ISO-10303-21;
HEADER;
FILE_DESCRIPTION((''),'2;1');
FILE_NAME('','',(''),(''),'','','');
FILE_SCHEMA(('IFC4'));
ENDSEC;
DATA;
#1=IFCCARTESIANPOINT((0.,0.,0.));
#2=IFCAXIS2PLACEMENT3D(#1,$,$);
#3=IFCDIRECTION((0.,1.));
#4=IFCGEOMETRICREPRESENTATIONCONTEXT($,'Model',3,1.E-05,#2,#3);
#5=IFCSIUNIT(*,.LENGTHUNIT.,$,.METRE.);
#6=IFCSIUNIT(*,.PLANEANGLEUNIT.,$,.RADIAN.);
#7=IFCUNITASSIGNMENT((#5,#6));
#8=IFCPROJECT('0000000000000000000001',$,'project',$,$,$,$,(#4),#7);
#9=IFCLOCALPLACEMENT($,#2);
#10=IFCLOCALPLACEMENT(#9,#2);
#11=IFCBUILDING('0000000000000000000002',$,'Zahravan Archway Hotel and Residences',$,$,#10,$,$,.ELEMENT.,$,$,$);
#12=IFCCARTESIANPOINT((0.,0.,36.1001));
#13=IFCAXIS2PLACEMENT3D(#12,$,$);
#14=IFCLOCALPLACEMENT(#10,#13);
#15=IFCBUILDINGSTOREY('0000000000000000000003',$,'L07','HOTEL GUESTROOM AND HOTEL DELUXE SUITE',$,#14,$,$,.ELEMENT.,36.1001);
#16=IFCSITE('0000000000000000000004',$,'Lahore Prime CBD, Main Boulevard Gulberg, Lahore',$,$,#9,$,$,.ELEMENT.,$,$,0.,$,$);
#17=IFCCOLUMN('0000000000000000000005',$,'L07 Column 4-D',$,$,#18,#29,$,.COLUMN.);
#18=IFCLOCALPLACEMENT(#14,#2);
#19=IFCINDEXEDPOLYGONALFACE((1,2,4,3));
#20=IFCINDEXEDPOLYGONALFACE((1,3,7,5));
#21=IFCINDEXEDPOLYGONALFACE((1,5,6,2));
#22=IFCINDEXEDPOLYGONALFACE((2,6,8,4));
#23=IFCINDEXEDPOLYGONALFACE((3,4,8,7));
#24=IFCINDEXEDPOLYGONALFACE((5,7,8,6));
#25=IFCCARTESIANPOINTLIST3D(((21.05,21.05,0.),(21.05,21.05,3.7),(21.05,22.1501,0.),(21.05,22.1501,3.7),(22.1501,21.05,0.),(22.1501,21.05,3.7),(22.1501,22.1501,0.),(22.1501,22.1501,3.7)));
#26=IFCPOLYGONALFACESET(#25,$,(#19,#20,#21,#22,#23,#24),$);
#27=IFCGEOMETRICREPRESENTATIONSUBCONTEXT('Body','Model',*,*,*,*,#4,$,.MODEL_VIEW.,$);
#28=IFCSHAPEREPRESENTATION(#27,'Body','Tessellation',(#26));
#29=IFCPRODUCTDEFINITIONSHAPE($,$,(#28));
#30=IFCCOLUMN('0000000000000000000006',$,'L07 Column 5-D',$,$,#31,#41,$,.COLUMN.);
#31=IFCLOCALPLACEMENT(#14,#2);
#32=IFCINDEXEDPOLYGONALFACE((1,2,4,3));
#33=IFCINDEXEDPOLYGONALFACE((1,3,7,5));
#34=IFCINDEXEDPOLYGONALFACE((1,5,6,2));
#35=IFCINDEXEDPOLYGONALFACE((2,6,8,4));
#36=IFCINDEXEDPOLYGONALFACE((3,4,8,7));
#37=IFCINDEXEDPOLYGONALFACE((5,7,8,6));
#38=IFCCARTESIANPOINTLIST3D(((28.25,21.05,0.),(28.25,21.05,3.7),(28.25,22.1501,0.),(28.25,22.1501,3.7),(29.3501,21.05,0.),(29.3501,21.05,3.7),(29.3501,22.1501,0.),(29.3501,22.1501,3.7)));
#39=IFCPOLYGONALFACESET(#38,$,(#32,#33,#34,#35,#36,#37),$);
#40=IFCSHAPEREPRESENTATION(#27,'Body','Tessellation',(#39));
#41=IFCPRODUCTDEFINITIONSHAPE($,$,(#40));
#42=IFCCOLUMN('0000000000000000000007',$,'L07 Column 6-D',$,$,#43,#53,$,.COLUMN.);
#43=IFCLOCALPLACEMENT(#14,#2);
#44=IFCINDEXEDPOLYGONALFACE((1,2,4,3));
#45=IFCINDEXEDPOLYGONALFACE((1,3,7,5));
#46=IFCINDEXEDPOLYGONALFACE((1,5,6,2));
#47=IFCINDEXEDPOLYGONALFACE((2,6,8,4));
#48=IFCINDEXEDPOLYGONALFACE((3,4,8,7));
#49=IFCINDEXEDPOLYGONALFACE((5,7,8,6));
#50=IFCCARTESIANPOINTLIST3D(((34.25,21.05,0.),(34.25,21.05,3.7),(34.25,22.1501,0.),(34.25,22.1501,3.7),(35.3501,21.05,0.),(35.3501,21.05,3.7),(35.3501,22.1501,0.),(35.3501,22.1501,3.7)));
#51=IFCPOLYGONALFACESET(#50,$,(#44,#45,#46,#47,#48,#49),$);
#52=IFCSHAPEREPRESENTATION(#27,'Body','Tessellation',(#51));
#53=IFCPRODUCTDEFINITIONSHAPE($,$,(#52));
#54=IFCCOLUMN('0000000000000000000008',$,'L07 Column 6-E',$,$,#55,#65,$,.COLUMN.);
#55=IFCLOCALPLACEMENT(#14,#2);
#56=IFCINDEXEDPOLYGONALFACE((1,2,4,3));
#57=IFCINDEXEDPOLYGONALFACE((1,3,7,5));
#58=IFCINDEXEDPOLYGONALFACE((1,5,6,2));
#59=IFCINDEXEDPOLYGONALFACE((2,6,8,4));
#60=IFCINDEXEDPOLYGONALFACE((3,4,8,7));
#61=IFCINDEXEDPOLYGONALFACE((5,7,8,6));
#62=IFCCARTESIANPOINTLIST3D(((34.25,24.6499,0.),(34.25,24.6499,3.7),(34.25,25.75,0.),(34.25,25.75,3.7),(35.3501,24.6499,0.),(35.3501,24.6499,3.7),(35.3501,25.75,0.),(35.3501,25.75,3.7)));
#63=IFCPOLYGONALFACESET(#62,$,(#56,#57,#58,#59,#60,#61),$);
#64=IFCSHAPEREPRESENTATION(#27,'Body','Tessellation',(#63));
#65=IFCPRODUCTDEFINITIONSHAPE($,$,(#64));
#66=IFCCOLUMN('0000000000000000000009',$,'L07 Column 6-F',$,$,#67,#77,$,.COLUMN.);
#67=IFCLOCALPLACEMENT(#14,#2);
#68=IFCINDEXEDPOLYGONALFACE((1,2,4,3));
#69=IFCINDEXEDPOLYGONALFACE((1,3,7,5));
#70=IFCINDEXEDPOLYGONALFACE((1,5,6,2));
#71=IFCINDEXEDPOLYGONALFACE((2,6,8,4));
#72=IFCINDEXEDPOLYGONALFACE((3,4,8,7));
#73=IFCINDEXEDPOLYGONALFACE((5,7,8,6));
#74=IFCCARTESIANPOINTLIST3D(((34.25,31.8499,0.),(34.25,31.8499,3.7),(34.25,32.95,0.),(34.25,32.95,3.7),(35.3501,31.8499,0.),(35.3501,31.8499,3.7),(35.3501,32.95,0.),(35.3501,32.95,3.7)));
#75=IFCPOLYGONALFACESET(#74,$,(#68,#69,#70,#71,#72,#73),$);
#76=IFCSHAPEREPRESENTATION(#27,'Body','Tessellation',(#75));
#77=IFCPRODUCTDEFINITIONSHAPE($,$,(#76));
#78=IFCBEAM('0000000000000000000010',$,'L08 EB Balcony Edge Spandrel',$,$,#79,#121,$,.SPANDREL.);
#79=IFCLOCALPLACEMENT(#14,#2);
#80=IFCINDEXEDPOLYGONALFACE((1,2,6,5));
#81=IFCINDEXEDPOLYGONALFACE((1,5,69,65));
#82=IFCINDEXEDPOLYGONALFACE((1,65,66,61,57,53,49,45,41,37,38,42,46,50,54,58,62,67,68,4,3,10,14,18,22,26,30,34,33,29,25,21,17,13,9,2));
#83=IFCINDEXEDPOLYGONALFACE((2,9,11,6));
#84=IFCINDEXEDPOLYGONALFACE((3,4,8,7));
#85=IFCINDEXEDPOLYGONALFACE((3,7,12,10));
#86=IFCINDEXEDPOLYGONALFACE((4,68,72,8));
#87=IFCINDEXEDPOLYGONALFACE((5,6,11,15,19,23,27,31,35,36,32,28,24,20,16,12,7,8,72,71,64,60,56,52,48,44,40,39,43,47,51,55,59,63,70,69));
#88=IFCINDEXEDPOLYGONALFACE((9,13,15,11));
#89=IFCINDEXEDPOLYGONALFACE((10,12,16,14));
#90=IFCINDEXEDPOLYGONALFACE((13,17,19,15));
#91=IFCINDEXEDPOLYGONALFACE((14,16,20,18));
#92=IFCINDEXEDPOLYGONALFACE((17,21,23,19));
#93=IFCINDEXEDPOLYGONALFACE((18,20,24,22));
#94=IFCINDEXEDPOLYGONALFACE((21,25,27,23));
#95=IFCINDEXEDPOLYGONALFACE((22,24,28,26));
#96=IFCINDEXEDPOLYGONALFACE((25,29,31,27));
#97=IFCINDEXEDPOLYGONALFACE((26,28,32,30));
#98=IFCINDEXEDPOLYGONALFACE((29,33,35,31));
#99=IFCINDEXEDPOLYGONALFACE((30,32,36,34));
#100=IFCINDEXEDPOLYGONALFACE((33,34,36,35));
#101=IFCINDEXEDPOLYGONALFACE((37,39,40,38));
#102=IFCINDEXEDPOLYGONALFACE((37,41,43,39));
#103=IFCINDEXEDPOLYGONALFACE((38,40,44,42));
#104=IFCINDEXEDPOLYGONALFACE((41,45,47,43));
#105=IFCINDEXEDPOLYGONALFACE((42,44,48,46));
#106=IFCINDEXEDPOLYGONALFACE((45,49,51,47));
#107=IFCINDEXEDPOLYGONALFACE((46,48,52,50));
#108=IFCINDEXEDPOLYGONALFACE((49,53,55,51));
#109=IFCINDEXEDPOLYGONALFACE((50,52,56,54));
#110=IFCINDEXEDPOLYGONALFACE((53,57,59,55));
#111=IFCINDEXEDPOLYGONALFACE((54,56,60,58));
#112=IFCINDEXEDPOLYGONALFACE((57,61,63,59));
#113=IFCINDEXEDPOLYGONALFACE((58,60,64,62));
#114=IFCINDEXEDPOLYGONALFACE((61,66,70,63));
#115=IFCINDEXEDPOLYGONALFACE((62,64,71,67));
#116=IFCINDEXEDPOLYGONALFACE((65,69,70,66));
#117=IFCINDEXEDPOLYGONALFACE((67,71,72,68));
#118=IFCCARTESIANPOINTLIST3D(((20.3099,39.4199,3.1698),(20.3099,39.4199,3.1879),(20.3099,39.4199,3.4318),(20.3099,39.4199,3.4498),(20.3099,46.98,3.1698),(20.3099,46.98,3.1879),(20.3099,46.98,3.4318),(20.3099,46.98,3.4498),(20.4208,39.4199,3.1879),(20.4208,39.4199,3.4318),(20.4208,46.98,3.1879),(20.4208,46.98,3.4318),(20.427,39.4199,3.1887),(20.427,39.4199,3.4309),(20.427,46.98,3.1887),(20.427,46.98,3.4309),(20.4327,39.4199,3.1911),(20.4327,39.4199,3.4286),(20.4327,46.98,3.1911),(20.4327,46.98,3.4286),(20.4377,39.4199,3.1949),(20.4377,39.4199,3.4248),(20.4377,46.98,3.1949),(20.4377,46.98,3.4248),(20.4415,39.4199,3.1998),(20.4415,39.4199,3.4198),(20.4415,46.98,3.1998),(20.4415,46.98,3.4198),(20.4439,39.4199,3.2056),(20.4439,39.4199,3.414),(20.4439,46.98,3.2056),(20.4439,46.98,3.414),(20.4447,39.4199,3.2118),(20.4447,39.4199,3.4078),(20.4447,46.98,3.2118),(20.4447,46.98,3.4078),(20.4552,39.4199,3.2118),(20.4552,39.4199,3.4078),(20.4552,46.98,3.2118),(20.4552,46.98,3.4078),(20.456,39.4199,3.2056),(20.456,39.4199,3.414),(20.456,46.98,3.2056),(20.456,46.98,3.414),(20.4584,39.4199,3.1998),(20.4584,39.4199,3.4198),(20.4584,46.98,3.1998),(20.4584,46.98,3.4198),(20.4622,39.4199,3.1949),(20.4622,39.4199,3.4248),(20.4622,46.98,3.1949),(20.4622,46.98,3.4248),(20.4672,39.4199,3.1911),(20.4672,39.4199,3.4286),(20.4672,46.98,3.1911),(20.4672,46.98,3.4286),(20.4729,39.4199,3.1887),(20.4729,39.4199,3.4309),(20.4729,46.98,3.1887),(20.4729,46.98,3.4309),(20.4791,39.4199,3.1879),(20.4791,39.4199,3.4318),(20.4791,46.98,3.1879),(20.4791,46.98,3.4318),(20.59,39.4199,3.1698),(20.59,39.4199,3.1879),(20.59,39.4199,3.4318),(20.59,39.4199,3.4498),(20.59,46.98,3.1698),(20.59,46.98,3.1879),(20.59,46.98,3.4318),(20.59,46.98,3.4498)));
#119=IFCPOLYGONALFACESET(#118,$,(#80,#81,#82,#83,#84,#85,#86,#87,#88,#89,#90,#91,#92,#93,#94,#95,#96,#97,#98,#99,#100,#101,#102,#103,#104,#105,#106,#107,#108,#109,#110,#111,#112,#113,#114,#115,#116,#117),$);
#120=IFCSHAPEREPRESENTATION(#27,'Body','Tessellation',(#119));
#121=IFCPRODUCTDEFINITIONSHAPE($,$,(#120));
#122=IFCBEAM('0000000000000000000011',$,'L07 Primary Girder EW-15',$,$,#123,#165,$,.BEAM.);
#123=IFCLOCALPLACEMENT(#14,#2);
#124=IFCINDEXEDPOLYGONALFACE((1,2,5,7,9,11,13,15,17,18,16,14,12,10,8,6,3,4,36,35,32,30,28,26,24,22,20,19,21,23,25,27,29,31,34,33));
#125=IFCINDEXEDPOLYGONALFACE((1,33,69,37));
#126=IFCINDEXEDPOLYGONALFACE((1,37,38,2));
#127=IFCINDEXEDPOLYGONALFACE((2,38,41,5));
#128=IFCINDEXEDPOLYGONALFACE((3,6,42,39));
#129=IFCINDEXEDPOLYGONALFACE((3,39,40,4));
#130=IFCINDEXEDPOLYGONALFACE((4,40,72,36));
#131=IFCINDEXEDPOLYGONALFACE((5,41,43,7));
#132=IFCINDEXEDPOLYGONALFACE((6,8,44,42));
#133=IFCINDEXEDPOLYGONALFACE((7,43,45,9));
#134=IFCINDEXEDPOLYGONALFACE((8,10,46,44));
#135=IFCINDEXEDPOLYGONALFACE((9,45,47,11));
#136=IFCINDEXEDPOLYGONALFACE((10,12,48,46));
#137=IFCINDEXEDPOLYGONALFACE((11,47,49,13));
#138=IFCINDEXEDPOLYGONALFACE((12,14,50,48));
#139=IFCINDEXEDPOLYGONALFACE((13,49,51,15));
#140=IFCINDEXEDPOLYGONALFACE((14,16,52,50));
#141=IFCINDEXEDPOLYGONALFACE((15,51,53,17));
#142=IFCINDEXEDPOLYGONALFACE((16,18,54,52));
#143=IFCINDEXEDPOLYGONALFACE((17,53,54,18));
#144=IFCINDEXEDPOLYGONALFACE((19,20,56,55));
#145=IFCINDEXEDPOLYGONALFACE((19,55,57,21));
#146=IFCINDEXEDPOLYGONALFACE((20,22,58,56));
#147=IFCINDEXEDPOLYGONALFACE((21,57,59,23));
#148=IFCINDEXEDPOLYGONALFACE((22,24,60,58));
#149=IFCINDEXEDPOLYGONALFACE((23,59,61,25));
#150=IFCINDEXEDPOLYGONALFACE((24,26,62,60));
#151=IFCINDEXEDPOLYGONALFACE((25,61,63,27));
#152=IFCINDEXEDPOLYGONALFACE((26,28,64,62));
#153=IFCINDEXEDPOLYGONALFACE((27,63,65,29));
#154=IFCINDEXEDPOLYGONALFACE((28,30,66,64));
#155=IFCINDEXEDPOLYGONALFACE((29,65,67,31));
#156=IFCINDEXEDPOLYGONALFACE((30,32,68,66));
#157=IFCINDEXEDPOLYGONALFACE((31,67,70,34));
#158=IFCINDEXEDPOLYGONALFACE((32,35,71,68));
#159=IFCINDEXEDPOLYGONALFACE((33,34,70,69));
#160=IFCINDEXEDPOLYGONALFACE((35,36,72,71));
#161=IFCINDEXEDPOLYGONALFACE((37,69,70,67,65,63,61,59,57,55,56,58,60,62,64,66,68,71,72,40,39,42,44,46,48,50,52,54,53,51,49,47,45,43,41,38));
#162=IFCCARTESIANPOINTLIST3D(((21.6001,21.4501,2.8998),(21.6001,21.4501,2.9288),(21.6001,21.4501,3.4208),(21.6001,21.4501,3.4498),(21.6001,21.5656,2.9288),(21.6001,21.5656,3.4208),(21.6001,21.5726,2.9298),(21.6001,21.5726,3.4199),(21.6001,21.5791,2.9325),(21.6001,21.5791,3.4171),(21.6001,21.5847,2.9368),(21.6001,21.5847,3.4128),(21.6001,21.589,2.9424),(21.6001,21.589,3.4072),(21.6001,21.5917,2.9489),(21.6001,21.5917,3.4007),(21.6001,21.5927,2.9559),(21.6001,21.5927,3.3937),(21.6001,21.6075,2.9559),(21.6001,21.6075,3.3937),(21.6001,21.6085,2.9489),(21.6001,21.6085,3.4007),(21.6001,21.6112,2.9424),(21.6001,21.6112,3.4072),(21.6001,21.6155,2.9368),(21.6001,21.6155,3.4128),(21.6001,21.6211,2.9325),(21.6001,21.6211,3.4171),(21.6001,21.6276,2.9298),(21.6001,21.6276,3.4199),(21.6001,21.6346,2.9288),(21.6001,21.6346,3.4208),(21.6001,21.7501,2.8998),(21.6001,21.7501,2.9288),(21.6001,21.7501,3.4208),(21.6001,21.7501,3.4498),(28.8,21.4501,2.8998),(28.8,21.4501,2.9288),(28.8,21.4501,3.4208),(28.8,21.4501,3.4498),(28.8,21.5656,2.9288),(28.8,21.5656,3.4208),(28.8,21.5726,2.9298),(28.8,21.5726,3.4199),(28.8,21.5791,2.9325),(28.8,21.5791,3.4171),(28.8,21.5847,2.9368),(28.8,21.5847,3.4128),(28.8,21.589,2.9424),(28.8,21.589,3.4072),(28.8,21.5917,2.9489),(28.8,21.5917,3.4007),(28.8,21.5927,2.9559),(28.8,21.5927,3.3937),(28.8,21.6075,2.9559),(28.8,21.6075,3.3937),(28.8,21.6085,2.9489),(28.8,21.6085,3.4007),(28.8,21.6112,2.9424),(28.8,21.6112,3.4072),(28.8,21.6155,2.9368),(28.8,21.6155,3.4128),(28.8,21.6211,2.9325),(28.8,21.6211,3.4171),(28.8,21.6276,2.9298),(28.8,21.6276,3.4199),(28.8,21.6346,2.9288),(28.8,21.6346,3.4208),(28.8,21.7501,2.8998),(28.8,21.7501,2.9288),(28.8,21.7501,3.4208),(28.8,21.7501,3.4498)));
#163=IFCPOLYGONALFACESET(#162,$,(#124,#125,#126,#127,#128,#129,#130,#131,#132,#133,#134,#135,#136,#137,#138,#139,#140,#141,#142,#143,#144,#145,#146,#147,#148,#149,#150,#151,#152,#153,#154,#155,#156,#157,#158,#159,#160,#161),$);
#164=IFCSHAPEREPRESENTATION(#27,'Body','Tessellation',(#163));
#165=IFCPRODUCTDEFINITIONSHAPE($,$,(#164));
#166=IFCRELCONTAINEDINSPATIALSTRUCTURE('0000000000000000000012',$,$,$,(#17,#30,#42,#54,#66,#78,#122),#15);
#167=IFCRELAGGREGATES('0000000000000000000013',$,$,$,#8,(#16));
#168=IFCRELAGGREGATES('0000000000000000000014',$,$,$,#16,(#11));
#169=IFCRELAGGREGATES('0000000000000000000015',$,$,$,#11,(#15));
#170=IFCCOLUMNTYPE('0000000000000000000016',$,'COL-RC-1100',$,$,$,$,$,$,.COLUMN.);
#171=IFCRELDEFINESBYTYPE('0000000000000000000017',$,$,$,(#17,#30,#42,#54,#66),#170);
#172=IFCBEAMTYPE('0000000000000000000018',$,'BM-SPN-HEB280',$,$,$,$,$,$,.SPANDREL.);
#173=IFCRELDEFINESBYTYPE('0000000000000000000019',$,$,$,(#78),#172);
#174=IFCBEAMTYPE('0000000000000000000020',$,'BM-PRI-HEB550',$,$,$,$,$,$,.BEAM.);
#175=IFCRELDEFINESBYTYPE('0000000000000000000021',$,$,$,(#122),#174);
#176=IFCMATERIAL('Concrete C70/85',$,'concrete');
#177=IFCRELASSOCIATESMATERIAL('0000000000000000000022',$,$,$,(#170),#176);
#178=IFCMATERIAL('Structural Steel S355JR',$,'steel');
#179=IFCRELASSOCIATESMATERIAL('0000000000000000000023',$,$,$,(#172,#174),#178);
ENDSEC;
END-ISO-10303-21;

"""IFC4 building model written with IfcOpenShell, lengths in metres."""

from ifc_helpers import new_model, si_unit, direction, frame, origin, origin_2d, place, context, subcontext, project, spatial, rectangle, i_section, extrude, source, transform, mapped, material, material_profile, profile_set, type_object, type_shapes, element, save


model = new_model("IFC4")

# Units and contexts
model_context = context("Model", 3, precision=1e-05, world=origin(), true_north=direction((0.0, 1.0)))
body_context = subcontext(model_context, "Body", "Model", "MODEL_VIEW")
ifc_project = project(units=[si_unit("LENGTHUNIT", "METRE"), si_unit("PLANEANGLEUNIT", "RADIAN")], contexts=[model_context])

# Site, building, storey
site_placement = place(None, origin())
site = spatial("IfcSite", under=ifc_project, at=site_placement, Name="Lahore Prime CBD, Main Boulevard Gulberg, Lahore", CompositionType="ELEMENT", RefElevation=0.0)
building_placement = place(site_placement, origin())
building = spatial("IfcBuilding", under=site, at=building_placement, Name="Zahravan Archway Hotel and Residences", CompositionType="ELEMENT")
storey_placement = place(building_placement, frame((0.0, 0.0, 36.1001)))
storey = spatial("IfcBuildingStorey", under=building, at=storey_placement, Name="L07", Description="HOTEL GUESTROOM AND HOTEL DELUXE SUITE", CompositionType="ELEMENT", Elevation=36.1001)

# Columns
ifc_material_1 = material(Name="Concrete C70/85", Category="concrete")
ifc_material_profile_1 = material_profile(ifc_material_1, rectangle(XDim=1.1001, YDim=1.1001, at=origin_2d()), Name="RC 1100x1100", Category="concrete")
ifc_profile_set_1 = profile_set([ifc_material_profile_1], Name="Concrete C70/85")
column_type = type_object("IfcColumnType", Name="COL-RC-1100", PredefinedType="COLUMN", material=ifc_profile_set_1)
shared_shape_1 = source(origin(), body_context, "Body", "SweptSolid", [
    extrude(rectangle(XDim=1.1001, YDim=1.1001, at=origin_2d()), origin(), (0.0, 0.0, 1.0), 3.7),
])
for number, where, z_axis, x_axis, name in (
    (1, (21.6001, 21.6001, 0.0), (0.0, 0.0, 1.0), (1.0, 0.0, 0.0), "L07 Column 4-D"),
    (2, (28.8, 21.6001, 0.0), (0.0, 0.0, 1.0), (1.0, 0.0, 0.0), "L07 Column 5-D"),
    (3, (34.8, 21.6001, 0.0), (0.0, 0.0, 1.0), (1.0, 0.0, 0.0), "L07 Column 6-D"),
    (4, (34.8, 25.2, 0.0), (0.0, 0.0, 1.0), (1.0, 0.0, 0.0), "L07 Column 6-E"),
    (5, (34.8, 32.3999, 0.0), (0.0, 0.0, 1.0), (1.0, 0.0, 0.0), "L07 Column 6-F"),
):
    element("IfcColumn", number, at=place(storey_placement, frame(where, z_axis=z_axis, x_axis=x_axis)), inside=storey, type_object=column_type, Name=name, PredefinedType="COLUMN", context=body_context, shape_type="MappedRepresentation", body=[
        mapped(shared_shape_1, transform((0.0, 0.0, 0.0), scale=1.0)),
    ])

# Beams
ifc_material_2 = material(Name="Structural Steel S355JR", Category="steel")
ifc_material_profile_2 = material_profile(ifc_material_2, i_section(OverallWidth=0.28, OverallDepth=0.28, WebThickness=0.0105, FlangeThickness=0.0181, FilletRadius=0.0239, at=origin_2d()), Name="HEB 280", Category="steel")
ifc_profile_set_2 = profile_set([ifc_material_profile_2], Name="Structural Steel S355JR")
beam_type_1 = type_object("IfcBeamType", Name="BM-SPN-HEB280", PredefinedType="SPANDREL", material=ifc_profile_set_2)
shared_shape_2 = source(origin(), body_context, "Body", "SweptSolid", [
    extrude(i_section(OverallWidth=0.28, OverallDepth=0.28, WebThickness=0.0105, FlangeThickness=0.0181, FilletRadius=0.0239, at=origin_2d()), origin(), (0.0, 0.0, 1.0), 7.5601),
])
type_shapes(beam_type_1, [shared_shape_2])
beam_1_placement = place(storey_placement, frame((20.45, 39.4199, 3.3098), z_axis=(0.0, 1.0, 0.0), x_axis=(-1.0, 0.0, 0.0)))
element("IfcBeam", 6, at=beam_1_placement, inside=storey, type_object=beam_type_1, Name="L08 EB Balcony Edge Spandrel", PredefinedType="SPANDREL", context=body_context, shape_type="MappedRepresentation", body=[
    mapped(shared_shape_2, transform((0.0, 0.0, 0.0), scale=1.0)),
])
ifc_material_profile_3 = material_profile(ifc_material_2, i_section(OverallWidth=0.3, OverallDepth=0.55, WebThickness=0.0149, FlangeThickness=0.0291, FilletRadius=0.0271, at=origin_2d()), Name="HEB 550", Category="steel")
ifc_profile_set_3 = profile_set([ifc_material_profile_3], Name="Structural Steel S355JR")
beam_type_2 = type_object("IfcBeamType", Name="BM-PRI-HEB550", PredefinedType="BEAM", material=ifc_profile_set_3)
shared_shape_3 = source(origin(), body_context, "Body", "SweptSolid", [
    extrude(i_section(OverallWidth=0.3, OverallDepth=0.55, WebThickness=0.0149, FlangeThickness=0.0291, FilletRadius=0.0271, at=origin_2d()), origin(), (0.0, 0.0, 1.0), 7.2),
])
for number, where, z_axis, x_axis, name in (
    (7, (21.6001, 21.6001, 3.1748), (1.0, 0.0, 0.0), (0.0, 1.0, 0.0), "L07 Primary Girder EW-15"),
):
    element("IfcBeam", number, at=place(storey_placement, frame(where, z_axis=z_axis, x_axis=x_axis)), inside=storey, type_object=beam_type_2, Name=name, PredefinedType="BEAM", context=body_context, shape_type="MappedRepresentation", body=[
        mapped(shared_shape_3, transform((0.0, 0.0, 0.0), scale=1.0)),
    ])

save(model, "model.ifc")
